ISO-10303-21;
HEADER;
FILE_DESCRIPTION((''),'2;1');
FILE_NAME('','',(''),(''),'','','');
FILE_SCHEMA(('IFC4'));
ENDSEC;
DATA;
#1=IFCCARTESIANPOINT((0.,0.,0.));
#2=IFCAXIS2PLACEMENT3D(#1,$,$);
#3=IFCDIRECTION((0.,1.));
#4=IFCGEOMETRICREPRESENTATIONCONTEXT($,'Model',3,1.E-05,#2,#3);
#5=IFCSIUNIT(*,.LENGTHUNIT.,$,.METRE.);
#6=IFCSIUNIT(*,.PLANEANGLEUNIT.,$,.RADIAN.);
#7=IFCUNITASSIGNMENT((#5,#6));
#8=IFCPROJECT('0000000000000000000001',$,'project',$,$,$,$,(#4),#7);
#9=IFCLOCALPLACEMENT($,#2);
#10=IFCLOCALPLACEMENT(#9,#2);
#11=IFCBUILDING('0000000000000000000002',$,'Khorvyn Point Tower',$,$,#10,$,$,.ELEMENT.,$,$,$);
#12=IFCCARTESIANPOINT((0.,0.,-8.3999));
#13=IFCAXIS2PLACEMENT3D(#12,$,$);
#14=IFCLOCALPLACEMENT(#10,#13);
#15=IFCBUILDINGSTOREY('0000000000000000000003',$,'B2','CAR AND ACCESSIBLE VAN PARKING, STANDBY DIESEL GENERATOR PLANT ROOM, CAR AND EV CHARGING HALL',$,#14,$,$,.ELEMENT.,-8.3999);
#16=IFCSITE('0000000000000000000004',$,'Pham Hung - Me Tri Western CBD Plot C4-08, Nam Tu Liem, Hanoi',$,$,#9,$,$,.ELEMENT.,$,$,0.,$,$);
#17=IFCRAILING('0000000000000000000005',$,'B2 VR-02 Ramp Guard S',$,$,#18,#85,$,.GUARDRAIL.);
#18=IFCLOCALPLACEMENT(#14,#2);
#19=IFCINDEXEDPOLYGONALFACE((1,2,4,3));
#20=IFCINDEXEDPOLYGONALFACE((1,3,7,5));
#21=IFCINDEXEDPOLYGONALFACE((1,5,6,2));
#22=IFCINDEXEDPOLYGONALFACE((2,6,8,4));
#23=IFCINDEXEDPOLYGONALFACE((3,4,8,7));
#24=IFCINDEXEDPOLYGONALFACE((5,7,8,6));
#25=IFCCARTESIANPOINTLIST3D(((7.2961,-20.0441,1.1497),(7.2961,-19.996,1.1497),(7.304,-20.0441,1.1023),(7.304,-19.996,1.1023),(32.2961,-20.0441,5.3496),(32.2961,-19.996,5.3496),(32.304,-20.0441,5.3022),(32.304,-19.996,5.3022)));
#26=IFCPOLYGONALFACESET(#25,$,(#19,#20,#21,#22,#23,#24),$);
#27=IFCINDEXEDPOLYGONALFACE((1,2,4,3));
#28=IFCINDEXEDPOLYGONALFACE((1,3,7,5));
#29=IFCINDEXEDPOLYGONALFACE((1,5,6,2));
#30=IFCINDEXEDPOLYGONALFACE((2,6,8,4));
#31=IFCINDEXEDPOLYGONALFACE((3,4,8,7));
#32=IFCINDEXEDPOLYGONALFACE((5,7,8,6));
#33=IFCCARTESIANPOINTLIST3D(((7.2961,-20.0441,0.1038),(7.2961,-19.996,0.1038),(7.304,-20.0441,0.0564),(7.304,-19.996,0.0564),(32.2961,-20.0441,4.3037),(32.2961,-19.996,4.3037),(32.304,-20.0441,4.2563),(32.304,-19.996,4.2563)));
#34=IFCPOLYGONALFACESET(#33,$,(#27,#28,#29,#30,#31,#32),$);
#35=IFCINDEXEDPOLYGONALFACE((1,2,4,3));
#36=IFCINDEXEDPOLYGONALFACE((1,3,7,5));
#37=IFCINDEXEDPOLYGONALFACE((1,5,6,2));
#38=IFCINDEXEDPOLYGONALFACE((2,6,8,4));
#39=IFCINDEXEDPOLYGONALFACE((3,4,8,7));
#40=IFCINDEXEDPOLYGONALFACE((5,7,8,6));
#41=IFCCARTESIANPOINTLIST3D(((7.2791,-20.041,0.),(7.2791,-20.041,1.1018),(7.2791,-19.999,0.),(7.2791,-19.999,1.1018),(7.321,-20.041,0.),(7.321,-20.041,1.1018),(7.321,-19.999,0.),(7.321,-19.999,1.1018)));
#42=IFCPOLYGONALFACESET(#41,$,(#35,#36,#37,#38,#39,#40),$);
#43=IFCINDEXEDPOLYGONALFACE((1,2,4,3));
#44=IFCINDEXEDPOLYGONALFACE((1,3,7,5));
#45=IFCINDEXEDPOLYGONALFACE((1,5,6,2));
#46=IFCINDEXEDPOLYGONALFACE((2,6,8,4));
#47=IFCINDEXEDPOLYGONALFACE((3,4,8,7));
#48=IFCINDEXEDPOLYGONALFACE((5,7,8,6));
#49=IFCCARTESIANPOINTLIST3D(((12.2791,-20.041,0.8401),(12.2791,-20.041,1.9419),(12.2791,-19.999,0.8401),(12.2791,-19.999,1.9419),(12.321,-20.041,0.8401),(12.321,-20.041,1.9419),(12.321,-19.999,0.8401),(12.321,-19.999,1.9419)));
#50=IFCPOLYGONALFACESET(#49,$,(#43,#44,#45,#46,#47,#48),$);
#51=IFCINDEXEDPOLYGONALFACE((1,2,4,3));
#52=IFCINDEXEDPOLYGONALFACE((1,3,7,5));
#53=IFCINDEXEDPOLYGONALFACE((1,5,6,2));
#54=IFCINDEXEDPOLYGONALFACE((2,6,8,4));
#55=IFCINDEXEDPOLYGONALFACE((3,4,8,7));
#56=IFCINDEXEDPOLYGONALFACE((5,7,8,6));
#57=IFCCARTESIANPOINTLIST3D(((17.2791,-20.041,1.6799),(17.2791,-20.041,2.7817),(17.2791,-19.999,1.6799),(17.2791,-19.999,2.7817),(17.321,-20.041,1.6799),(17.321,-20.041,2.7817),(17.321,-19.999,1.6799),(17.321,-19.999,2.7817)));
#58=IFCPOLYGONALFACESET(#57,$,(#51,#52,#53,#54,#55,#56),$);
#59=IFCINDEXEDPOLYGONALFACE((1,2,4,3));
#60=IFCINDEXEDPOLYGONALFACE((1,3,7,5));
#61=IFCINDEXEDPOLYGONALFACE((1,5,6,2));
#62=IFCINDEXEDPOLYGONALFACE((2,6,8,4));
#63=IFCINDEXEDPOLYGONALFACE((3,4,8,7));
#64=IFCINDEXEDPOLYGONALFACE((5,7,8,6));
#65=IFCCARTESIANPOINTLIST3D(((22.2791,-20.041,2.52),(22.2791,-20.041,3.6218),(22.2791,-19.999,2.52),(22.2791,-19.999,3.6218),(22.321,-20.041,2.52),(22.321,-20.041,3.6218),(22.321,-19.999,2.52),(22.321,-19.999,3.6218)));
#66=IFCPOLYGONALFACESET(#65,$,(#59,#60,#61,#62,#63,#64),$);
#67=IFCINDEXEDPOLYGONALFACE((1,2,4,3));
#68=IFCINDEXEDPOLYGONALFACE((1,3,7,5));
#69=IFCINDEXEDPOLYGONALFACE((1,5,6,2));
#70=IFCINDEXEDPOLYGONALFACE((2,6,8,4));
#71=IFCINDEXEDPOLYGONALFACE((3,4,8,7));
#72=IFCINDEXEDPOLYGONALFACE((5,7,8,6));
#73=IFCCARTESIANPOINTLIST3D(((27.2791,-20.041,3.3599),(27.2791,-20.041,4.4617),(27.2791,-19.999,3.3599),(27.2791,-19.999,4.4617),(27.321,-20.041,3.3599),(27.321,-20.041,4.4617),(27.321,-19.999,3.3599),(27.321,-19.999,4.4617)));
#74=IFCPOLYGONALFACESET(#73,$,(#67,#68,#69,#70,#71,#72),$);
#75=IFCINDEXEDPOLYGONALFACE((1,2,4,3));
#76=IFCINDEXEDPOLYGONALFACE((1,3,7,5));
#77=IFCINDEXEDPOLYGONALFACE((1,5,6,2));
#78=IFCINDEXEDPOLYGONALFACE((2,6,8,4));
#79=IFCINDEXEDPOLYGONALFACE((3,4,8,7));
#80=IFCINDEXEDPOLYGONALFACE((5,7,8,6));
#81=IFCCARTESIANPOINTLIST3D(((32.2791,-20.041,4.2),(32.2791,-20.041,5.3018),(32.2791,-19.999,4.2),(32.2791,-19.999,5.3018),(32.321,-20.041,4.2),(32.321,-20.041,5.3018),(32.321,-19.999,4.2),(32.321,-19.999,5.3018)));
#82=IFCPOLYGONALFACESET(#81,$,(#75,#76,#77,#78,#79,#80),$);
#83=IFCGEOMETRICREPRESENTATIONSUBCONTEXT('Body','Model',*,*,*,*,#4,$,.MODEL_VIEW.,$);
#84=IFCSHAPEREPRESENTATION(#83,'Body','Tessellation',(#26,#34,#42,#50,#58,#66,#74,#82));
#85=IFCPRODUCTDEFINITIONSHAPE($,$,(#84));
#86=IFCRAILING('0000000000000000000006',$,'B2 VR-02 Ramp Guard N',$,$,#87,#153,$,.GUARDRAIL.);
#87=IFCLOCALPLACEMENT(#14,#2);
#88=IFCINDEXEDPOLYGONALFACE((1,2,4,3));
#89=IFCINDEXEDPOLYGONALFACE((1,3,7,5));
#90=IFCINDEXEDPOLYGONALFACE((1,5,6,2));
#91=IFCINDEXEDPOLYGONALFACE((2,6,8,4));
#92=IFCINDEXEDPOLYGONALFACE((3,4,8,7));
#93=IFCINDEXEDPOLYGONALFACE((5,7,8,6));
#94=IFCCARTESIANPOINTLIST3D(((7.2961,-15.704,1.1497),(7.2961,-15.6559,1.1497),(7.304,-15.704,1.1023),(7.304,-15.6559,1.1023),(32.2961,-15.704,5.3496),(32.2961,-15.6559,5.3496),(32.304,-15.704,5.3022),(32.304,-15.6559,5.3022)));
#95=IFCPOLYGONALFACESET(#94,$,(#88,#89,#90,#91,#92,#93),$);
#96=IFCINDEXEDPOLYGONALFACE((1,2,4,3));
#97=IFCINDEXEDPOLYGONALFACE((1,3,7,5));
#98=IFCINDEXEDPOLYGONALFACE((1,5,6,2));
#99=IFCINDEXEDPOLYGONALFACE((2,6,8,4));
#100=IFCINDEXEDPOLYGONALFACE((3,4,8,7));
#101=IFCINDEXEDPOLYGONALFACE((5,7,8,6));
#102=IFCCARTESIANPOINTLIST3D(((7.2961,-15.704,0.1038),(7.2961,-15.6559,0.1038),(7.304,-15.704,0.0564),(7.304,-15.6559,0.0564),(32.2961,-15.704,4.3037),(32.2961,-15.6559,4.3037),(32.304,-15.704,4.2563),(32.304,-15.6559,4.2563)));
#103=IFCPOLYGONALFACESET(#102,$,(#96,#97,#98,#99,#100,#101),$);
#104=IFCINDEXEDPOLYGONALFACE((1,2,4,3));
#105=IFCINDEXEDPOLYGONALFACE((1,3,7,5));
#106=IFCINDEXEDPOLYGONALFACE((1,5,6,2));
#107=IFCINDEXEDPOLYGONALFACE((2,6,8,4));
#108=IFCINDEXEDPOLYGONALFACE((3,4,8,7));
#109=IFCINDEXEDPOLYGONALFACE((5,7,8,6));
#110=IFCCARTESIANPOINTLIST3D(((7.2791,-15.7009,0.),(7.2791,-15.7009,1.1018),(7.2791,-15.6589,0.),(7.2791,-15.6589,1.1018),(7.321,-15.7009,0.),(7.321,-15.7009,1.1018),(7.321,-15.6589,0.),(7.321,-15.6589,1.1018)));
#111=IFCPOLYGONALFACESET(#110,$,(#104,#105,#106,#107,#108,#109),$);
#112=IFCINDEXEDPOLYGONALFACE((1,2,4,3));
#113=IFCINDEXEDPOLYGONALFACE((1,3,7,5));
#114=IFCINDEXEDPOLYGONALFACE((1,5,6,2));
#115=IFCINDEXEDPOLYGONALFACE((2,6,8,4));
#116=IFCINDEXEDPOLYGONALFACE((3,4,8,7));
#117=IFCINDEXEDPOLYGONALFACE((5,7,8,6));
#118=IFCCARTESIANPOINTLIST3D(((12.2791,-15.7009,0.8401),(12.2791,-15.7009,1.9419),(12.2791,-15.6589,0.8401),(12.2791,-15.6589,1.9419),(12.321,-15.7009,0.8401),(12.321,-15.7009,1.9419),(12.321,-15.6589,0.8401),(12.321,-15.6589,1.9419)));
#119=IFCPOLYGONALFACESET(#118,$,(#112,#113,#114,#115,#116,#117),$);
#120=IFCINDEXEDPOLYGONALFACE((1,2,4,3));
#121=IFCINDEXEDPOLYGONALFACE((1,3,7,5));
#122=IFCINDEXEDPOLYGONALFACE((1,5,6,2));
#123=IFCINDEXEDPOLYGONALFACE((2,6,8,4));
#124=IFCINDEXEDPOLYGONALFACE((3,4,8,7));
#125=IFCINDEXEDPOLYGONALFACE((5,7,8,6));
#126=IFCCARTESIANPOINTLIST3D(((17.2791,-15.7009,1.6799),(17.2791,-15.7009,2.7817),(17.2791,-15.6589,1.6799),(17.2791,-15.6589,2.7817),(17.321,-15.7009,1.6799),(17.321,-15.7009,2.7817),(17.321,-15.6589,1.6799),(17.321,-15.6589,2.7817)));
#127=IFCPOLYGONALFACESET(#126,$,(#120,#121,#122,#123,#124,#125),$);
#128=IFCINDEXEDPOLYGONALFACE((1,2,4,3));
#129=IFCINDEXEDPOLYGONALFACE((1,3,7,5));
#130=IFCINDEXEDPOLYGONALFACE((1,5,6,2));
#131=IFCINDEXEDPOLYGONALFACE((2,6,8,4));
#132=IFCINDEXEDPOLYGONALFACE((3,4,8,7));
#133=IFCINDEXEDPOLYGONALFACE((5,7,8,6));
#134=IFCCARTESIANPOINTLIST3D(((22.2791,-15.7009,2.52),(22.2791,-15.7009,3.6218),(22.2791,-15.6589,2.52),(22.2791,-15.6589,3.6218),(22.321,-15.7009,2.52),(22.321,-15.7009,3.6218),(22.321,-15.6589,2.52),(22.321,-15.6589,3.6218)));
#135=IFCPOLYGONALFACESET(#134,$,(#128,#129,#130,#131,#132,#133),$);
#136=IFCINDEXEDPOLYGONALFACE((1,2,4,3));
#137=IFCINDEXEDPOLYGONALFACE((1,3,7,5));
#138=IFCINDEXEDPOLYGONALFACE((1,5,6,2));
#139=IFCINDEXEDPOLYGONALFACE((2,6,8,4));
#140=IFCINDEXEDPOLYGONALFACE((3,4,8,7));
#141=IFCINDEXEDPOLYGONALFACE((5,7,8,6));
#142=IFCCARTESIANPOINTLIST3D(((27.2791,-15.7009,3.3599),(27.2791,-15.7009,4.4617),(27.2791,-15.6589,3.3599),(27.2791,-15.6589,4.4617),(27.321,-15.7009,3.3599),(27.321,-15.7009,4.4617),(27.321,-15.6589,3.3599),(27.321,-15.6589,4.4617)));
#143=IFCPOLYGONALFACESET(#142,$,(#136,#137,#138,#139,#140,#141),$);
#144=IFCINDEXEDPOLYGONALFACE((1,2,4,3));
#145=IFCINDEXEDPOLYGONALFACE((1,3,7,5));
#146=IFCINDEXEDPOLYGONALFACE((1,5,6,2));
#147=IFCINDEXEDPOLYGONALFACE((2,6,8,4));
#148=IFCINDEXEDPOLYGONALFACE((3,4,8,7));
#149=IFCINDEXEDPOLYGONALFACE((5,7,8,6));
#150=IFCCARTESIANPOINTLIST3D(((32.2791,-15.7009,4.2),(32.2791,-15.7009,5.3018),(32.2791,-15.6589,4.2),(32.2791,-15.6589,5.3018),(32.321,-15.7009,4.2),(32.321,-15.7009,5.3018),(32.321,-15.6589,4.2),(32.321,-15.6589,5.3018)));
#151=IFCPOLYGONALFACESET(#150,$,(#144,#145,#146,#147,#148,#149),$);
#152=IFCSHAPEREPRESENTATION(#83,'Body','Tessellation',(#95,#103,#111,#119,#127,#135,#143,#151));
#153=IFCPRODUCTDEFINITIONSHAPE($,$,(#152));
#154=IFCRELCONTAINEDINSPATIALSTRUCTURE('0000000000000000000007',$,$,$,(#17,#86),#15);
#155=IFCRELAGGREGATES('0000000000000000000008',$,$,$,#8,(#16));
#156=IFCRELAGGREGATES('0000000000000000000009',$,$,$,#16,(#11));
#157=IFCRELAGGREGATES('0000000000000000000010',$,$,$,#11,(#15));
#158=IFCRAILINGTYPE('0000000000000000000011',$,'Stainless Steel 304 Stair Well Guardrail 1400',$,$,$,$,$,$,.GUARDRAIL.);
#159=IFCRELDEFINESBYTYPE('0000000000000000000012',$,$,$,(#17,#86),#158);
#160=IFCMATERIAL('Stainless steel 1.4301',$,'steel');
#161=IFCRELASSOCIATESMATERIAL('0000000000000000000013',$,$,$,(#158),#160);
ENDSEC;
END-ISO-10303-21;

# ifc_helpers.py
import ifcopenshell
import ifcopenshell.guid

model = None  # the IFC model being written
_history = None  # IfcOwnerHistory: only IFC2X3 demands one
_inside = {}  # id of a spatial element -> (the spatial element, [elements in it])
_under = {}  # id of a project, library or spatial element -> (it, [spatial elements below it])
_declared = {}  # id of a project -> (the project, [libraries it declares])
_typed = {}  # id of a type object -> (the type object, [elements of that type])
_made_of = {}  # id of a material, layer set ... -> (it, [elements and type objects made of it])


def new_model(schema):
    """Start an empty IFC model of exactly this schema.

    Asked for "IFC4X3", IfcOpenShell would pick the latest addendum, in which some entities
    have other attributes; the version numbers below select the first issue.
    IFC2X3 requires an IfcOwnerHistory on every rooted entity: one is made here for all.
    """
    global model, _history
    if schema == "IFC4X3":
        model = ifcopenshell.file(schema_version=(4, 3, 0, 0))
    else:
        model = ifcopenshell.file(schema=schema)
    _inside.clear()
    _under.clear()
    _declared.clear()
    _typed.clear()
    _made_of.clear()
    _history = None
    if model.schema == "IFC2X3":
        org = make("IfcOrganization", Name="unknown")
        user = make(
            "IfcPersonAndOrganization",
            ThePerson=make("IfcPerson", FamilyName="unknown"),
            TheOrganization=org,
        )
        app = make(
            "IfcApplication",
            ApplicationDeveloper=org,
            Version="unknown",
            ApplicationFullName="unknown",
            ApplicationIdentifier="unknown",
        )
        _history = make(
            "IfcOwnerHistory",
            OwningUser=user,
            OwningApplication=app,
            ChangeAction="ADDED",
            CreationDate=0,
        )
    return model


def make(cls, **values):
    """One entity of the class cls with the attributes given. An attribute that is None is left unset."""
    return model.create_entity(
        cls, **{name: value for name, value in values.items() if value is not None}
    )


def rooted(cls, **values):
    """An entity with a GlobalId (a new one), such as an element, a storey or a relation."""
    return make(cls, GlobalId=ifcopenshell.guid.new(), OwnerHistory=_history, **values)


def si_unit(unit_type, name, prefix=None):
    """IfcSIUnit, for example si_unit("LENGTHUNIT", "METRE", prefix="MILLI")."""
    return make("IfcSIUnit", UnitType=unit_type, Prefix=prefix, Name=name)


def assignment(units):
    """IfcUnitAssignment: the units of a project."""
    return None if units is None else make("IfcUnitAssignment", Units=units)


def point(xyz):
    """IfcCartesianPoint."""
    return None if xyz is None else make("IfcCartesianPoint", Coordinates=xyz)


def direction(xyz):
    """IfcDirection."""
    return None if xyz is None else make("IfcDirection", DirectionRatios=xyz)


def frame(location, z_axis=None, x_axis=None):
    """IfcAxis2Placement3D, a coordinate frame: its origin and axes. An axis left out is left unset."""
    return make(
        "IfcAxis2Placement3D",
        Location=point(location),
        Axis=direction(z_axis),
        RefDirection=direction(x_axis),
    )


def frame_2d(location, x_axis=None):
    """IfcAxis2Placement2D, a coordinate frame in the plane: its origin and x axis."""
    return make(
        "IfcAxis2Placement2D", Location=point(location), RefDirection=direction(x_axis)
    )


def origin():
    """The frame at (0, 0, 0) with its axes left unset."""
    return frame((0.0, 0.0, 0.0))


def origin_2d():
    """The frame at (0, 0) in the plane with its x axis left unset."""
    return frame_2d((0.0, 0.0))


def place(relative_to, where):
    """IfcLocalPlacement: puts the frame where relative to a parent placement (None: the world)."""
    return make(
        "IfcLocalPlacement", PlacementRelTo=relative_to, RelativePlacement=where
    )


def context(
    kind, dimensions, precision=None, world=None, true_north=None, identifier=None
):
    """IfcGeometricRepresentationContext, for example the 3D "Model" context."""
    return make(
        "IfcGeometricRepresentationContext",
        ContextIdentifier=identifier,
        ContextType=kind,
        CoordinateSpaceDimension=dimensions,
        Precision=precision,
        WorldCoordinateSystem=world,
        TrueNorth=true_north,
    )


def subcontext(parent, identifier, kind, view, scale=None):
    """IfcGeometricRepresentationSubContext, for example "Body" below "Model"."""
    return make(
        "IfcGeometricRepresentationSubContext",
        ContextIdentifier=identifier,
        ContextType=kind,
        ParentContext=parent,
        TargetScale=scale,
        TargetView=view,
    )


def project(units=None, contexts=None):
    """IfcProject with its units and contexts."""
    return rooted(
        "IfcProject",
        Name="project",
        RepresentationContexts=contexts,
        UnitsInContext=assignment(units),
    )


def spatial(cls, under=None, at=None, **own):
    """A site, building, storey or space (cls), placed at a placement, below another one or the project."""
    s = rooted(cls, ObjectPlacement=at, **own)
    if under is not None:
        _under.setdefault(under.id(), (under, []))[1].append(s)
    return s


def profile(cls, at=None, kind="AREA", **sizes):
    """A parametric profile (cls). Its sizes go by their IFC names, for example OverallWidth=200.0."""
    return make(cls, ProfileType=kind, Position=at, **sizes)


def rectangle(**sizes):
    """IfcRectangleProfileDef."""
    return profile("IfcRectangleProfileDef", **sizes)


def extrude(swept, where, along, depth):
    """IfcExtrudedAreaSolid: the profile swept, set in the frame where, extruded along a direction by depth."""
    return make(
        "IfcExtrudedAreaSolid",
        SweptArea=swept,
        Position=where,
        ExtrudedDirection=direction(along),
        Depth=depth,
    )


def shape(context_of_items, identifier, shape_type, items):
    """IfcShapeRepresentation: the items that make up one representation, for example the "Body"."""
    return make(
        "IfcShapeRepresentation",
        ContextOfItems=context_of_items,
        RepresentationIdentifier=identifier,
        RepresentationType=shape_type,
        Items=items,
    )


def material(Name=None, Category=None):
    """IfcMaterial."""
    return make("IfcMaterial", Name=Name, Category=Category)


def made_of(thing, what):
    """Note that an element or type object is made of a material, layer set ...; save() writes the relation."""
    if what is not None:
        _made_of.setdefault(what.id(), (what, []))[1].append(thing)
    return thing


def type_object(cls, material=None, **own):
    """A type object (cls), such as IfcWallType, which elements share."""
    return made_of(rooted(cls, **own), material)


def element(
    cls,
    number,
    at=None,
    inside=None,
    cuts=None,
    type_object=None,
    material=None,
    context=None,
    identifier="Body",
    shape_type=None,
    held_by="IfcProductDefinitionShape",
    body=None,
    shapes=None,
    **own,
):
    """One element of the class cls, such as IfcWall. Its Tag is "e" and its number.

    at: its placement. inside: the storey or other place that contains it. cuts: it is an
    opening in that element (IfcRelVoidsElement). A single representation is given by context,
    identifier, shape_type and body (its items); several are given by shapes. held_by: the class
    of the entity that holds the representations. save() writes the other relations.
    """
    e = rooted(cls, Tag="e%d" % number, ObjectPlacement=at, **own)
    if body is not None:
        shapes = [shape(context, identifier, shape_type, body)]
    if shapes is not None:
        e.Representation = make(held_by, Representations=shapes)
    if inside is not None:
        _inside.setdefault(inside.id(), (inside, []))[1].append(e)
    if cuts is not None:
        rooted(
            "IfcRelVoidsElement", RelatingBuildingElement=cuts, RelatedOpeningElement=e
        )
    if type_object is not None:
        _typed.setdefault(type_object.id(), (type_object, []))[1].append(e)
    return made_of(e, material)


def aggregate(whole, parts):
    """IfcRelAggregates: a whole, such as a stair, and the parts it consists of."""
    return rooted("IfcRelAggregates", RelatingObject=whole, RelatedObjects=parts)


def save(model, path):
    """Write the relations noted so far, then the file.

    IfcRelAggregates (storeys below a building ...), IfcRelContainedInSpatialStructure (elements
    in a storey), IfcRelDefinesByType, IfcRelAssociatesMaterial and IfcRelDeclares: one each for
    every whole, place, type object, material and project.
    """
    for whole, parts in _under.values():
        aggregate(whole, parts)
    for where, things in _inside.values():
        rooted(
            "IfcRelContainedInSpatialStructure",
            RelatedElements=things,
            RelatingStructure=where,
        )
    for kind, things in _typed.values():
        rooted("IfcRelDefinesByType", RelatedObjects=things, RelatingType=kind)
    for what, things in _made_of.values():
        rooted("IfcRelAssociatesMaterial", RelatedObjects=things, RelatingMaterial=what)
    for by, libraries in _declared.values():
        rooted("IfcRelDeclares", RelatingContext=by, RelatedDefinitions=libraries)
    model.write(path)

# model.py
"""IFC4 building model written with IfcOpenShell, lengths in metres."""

from ifc_helpers import new_model, si_unit, direction, frame, origin, origin_2d, place, context, subcontext, project, spatial, rectangle, extrude, material, type_object, element, save


model = new_model("IFC4")

# Units and contexts
model_context = context("Model", 3, precision=1e-05, world=origin(), true_north=direction((0.0, 1.0)))
body_context = subcontext(model_context, "Body", "Model", "MODEL_VIEW")
ifc_project = project(units=[si_unit("LENGTHUNIT", "METRE"), si_unit("PLANEANGLEUNIT", "RADIAN")], contexts=[model_context])

# Site, building, storey
site_placement = place(None, origin())
site = spatial("IfcSite", under=ifc_project, at=site_placement, Name="Pham Hung - Me Tri Western CBD Plot C4-08, Nam Tu Liem, Hanoi", CompositionType="ELEMENT", RefElevation=0.0)
building_placement = place(site_placement, origin())
building = spatial("IfcBuilding", under=site, at=building_placement, Name="Khorvyn Point Tower", CompositionType="ELEMENT")
storey_placement = place(building_placement, frame((0.0, 0.0, -8.3999)))
storey = spatial("IfcBuildingStorey", under=building, at=storey_placement, Name="B2", Description="CAR AND ACCESSIBLE VAN PARKING, STANDBY DIESEL GENERATOR PLANT ROOM, CAR AND EV CHARGING HALL", CompositionType="ELEMENT", Elevation=-8.3999)

# Railings
ifc_material_1 = material(Name="Stainless steel 1.4301", Category="steel")
railing_type_1 = type_object("IfcRailingType", Name="Stainless Steel 304 Stair Well Guardrail 1400", PredefinedType="GUARDRAIL", material=ifc_material_1)
for number, where, name in (
    (1, (7.3, -20.02, 0.0), "B2 VR-02 Ramp Guard S"),
    (2, (7.3, -15.6799, 0.0), "B2 VR-02 Ramp Guard N"),
):
    element("IfcRailing", number, at=place(storey_placement, frame(where)), inside=storey, type_object=railing_type_1, Name=name, PredefinedType="GUARDRAIL", context=body_context, shape_type="SweptSolid", body=[
        extrude(rectangle(XDim=0.0481, YDim=0.0481, at=origin_2d()), frame((0.0, 0.0, 1.126), z_axis=(0.98618, 0.0, 0.165676), x_axis=(0.0, 1.0, 0.0)), (0.0, 0.0, 1.0), 25.3503),
        extrude(rectangle(XDim=0.0481, YDim=0.0481, at=origin_2d()), frame((0.0, 0.0, 0.0801), z_axis=(0.98618, 0.0, 0.165676), x_axis=(0.0, 1.0, 0.0)), (0.0, 0.0, 1.0), 25.3503),
        extrude(rectangle(XDim=0.042, YDim=0.042, at=origin_2d()), origin(), (0.0, 0.0, 1.0), 1.1018),
        extrude(rectangle(XDim=0.042, YDim=0.042, at=origin_2d()), frame((5.0, 0.0, 0.8401)), (0.0, 0.0, 1.0), 1.1018),
        extrude(rectangle(XDim=0.042, YDim=0.042, at=origin_2d()), frame((10.0, 0.0, 1.6799)), (0.0, 0.0, 1.0), 1.1018),
        extrude(rectangle(XDim=0.042, YDim=0.042, at=origin_2d()), frame((15.0, 0.0, 2.52)), (0.0, 0.0, 1.0), 1.1018),
        extrude(rectangle(XDim=0.042, YDim=0.042, at=origin_2d()), frame((20.0, 0.0, 3.3599)), (0.0, 0.0, 1.0), 1.1018),
        extrude(rectangle(XDim=0.042, YDim=0.042, at=origin_2d()), frame((25.0, 0.0, 4.2)), (0.0, 0.0, 1.0), 1.1018),
    ])

save(model, "model.ifc")
